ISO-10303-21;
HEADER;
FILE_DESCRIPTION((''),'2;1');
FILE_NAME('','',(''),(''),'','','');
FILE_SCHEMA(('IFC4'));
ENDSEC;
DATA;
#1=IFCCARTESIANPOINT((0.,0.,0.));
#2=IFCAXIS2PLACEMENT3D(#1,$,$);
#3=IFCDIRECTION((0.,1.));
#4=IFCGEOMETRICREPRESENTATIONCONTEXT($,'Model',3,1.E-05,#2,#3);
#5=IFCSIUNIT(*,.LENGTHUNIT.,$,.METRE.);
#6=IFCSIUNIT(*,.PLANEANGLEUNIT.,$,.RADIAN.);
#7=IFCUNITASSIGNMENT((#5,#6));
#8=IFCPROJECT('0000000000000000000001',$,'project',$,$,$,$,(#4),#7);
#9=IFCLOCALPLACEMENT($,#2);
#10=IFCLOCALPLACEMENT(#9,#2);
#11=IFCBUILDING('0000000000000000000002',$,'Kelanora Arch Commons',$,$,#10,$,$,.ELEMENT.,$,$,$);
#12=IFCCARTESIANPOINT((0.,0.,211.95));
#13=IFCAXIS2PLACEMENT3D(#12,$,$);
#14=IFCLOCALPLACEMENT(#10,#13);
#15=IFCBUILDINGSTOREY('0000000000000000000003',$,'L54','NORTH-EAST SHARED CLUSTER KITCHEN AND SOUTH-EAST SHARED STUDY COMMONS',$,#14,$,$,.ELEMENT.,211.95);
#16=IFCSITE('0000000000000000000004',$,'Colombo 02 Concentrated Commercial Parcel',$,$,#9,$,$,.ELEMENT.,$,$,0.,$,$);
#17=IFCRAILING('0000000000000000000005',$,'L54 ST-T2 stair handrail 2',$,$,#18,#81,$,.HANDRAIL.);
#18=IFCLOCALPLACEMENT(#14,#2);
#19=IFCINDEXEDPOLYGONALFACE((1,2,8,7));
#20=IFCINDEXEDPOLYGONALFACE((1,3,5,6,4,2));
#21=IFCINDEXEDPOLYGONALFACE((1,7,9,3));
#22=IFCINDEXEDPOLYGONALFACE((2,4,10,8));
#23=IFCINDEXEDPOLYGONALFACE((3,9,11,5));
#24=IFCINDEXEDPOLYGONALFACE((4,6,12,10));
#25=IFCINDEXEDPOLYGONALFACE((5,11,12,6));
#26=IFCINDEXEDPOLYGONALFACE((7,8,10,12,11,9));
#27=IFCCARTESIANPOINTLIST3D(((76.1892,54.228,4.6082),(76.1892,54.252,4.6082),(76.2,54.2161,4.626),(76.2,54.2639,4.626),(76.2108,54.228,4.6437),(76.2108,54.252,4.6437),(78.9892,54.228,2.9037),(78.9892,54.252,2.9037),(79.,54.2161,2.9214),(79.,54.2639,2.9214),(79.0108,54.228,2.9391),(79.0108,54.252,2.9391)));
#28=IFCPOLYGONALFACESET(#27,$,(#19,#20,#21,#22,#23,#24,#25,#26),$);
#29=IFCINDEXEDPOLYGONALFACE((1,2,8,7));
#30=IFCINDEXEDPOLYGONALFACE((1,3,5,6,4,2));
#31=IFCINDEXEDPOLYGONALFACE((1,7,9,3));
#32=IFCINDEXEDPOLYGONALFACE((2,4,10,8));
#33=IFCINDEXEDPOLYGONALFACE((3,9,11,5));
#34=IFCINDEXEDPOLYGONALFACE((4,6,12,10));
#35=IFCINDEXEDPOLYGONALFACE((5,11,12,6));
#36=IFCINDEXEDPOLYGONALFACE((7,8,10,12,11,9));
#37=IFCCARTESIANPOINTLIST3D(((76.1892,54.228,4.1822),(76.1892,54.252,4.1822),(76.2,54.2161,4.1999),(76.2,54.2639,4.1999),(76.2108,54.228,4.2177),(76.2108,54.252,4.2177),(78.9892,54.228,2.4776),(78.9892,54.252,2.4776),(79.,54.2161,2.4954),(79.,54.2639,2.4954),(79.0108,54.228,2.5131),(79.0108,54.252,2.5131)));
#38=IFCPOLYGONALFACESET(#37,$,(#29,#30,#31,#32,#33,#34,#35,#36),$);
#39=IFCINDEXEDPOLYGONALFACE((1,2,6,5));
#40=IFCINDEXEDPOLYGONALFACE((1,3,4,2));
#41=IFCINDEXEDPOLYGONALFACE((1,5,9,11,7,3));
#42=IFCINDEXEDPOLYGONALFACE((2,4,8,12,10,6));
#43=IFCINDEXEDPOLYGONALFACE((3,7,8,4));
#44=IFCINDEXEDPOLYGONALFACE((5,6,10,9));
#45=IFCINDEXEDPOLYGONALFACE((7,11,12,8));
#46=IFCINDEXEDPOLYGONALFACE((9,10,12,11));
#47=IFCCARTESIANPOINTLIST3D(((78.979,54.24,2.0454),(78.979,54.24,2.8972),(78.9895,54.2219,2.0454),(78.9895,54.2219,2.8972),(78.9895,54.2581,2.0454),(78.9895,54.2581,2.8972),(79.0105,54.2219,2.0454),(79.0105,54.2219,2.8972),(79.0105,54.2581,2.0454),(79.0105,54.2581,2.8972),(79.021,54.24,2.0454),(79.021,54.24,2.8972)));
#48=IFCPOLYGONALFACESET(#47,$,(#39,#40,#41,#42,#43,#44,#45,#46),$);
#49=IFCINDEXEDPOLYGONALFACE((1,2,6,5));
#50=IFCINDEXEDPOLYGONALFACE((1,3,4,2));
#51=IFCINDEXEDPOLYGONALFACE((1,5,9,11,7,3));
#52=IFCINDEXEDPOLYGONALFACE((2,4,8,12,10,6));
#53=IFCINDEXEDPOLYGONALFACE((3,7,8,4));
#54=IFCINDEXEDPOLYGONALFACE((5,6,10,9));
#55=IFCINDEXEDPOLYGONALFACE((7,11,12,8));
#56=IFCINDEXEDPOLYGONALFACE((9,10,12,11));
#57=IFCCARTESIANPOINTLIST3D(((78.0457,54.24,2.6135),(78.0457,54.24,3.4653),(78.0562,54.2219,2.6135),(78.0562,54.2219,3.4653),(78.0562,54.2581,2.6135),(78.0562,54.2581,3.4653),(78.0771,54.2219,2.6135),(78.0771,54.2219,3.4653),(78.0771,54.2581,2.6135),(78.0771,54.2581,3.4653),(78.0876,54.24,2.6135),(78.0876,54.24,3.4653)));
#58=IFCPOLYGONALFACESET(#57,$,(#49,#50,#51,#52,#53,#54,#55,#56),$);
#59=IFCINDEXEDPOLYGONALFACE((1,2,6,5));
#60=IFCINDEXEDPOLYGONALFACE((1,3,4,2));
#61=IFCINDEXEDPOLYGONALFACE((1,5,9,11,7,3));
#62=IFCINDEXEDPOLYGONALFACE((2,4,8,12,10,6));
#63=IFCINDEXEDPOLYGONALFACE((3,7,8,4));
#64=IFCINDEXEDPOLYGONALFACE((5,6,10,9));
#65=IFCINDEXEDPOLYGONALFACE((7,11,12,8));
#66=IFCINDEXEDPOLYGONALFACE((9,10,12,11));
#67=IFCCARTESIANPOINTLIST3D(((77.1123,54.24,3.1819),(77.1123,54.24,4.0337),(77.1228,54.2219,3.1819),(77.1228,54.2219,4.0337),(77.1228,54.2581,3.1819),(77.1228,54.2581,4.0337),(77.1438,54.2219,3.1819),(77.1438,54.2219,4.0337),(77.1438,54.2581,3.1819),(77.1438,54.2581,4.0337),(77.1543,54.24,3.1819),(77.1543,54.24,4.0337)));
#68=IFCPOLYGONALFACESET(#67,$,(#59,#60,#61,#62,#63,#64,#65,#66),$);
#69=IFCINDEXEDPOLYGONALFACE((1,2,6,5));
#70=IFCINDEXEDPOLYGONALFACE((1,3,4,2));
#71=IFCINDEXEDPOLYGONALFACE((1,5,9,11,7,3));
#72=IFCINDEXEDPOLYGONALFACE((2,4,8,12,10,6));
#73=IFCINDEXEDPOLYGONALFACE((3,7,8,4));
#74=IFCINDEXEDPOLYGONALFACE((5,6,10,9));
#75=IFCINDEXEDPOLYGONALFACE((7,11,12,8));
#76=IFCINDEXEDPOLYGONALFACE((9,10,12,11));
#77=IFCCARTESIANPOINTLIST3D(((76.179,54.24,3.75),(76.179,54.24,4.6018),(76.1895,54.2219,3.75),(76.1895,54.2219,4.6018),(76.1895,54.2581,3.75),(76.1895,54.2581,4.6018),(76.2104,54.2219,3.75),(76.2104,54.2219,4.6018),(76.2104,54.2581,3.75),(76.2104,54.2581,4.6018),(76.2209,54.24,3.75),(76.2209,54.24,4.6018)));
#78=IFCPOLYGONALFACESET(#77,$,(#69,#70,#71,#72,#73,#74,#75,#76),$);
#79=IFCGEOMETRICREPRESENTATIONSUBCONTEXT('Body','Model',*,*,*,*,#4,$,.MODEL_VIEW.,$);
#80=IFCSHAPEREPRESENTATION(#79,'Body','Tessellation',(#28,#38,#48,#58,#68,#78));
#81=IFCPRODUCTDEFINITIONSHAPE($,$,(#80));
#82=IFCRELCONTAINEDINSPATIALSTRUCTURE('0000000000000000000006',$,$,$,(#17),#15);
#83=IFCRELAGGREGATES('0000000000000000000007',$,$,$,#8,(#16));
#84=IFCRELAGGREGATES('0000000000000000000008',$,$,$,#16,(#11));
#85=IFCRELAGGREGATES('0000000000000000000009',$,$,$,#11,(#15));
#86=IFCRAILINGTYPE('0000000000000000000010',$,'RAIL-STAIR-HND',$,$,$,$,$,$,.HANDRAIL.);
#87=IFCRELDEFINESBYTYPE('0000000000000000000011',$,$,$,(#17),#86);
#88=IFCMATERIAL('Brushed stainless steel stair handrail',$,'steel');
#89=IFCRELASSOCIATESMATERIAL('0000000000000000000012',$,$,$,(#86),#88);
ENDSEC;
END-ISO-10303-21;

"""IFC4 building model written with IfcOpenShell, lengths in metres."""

from ifc_helpers import new_model, si_unit, direction, frame, origin, place, context, subcontext, project, spatial, polyline, outline, extrude, material, type_object, element, save


model = new_model("IFC4")

# Units and contexts
model_context = context("Model", 3, precision=1e-05, world=origin(), true_north=direction((0.0, 1.0)))
body_context = subcontext(model_context, "Body", "Model", "MODEL_VIEW")
ifc_project = project(units=[si_unit("LENGTHUNIT", "METRE"), si_unit("PLANEANGLEUNIT", "RADIAN")], contexts=[model_context])

# Site, building, storey
site_placement = place(None, origin())
site = spatial("IfcSite", under=ifc_project, at=site_placement, Name="Colombo 02 Concentrated Commercial Parcel", CompositionType="ELEMENT", RefElevation=0.0)
building_placement = place(site_placement, origin())
building = spatial("IfcBuilding", under=site, at=building_placement, Name="Kelanora Arch Commons", CompositionType="ELEMENT")
storey_placement = place(building_placement, frame((0.0, 0.0, 211.95)))
storey = spatial("IfcBuildingStorey", under=building, at=storey_placement, Name="L54", Description="NORTH-EAST SHARED CLUSTER KITCHEN AND SOUTH-EAST SHARED STUDY COMMONS", CompositionType="ELEMENT", Elevation=211.95)

# Railing
ifc_material_1 = material(Name="Brushed stainless steel stair handrail", Category="steel")
railing_type_1 = type_object("IfcRailingType", Name="RAIL-STAIR-HND", PredefinedType="HANDRAIL", material=ifc_material_1)
railing_1_placement = place(storey_placement, frame((79.0, 54.24, 2.0454)))
element("IfcRailing", 1, at=railing_1_placement, inside=storey, type_object=railing_type_1, Name="L54 ST-T2 stair handrail 2", PredefinedType="HANDRAIL", context=body_context, shape_type="SweptSolid", body=[
    extrude(outline(polyline([(0.0239, 0.0), (0.012, 0.0208), (-0.012, 0.0208), (-0.0239, 0.0), (-0.012, -0.0208), (0.012, -0.0208), (0.0239, 0.0)])), frame((0.0, 0.0, 0.876), z_axis=(-0.85417, 0.0, 0.519994), x_axis=(0.0, -1.0, 0.0)), (0.0, 0.0, 1.0), 3.2781),
    extrude(outline(polyline([(0.0239, 0.0), (0.012, 0.0208), (-0.012, 0.0208), (-0.0239, 0.0), (-0.012, -0.0208), (0.012, -0.0208), (0.0239, 0.0)])), frame((0.0, 0.0, 0.45), z_axis=(-0.85417, 0.0, 0.519994), x_axis=(0.0, -1.0, 0.0)), (0.0, 0.0, 1.0), 3.2781),
    extrude(outline(polyline([(0.021, 0.0), (0.0105, 0.0181), (-0.0105, 0.0181), (-0.021, 0.0), (-0.0105, -0.0181), (0.0105, -0.0181), (0.021, 0.0)])), origin(), (0.0, 0.0, 1.0), 0.8518),
    extrude(outline(polyline([(0.021, 0.0), (0.0105, 0.0181), (-0.0105, 0.0181), (-0.021, 0.0), (-0.0105, -0.0181), (0.0105, -0.0181), (0.021, 0.0)])), frame((-0.9333, 0.0, 0.5681)), (0.0, 0.0, 1.0), 0.8518),
    extrude(outline(polyline([(0.021, 0.0), (0.0105, 0.0181), (-0.0105, 0.0181), (-0.021, 0.0), (-0.0105, -0.0181), (0.0105, -0.0181), (0.021, 0.0)])), frame((-1.8667, 0.0, 1.1365)), (0.0, 0.0, 1.0), 0.8518),
    extrude(outline(polyline([(0.021, 0.0), (0.0105, 0.0181), (-0.0105, 0.0181), (-0.021, 0.0), (-0.0105, -0.0181), (0.0105, -0.0181), (0.021, 0.0)])), frame((-2.8, 0.0, 1.7046)), (0.0, 0.0, 1.0), 0.8518),
])

save(model, "model.ifc")
